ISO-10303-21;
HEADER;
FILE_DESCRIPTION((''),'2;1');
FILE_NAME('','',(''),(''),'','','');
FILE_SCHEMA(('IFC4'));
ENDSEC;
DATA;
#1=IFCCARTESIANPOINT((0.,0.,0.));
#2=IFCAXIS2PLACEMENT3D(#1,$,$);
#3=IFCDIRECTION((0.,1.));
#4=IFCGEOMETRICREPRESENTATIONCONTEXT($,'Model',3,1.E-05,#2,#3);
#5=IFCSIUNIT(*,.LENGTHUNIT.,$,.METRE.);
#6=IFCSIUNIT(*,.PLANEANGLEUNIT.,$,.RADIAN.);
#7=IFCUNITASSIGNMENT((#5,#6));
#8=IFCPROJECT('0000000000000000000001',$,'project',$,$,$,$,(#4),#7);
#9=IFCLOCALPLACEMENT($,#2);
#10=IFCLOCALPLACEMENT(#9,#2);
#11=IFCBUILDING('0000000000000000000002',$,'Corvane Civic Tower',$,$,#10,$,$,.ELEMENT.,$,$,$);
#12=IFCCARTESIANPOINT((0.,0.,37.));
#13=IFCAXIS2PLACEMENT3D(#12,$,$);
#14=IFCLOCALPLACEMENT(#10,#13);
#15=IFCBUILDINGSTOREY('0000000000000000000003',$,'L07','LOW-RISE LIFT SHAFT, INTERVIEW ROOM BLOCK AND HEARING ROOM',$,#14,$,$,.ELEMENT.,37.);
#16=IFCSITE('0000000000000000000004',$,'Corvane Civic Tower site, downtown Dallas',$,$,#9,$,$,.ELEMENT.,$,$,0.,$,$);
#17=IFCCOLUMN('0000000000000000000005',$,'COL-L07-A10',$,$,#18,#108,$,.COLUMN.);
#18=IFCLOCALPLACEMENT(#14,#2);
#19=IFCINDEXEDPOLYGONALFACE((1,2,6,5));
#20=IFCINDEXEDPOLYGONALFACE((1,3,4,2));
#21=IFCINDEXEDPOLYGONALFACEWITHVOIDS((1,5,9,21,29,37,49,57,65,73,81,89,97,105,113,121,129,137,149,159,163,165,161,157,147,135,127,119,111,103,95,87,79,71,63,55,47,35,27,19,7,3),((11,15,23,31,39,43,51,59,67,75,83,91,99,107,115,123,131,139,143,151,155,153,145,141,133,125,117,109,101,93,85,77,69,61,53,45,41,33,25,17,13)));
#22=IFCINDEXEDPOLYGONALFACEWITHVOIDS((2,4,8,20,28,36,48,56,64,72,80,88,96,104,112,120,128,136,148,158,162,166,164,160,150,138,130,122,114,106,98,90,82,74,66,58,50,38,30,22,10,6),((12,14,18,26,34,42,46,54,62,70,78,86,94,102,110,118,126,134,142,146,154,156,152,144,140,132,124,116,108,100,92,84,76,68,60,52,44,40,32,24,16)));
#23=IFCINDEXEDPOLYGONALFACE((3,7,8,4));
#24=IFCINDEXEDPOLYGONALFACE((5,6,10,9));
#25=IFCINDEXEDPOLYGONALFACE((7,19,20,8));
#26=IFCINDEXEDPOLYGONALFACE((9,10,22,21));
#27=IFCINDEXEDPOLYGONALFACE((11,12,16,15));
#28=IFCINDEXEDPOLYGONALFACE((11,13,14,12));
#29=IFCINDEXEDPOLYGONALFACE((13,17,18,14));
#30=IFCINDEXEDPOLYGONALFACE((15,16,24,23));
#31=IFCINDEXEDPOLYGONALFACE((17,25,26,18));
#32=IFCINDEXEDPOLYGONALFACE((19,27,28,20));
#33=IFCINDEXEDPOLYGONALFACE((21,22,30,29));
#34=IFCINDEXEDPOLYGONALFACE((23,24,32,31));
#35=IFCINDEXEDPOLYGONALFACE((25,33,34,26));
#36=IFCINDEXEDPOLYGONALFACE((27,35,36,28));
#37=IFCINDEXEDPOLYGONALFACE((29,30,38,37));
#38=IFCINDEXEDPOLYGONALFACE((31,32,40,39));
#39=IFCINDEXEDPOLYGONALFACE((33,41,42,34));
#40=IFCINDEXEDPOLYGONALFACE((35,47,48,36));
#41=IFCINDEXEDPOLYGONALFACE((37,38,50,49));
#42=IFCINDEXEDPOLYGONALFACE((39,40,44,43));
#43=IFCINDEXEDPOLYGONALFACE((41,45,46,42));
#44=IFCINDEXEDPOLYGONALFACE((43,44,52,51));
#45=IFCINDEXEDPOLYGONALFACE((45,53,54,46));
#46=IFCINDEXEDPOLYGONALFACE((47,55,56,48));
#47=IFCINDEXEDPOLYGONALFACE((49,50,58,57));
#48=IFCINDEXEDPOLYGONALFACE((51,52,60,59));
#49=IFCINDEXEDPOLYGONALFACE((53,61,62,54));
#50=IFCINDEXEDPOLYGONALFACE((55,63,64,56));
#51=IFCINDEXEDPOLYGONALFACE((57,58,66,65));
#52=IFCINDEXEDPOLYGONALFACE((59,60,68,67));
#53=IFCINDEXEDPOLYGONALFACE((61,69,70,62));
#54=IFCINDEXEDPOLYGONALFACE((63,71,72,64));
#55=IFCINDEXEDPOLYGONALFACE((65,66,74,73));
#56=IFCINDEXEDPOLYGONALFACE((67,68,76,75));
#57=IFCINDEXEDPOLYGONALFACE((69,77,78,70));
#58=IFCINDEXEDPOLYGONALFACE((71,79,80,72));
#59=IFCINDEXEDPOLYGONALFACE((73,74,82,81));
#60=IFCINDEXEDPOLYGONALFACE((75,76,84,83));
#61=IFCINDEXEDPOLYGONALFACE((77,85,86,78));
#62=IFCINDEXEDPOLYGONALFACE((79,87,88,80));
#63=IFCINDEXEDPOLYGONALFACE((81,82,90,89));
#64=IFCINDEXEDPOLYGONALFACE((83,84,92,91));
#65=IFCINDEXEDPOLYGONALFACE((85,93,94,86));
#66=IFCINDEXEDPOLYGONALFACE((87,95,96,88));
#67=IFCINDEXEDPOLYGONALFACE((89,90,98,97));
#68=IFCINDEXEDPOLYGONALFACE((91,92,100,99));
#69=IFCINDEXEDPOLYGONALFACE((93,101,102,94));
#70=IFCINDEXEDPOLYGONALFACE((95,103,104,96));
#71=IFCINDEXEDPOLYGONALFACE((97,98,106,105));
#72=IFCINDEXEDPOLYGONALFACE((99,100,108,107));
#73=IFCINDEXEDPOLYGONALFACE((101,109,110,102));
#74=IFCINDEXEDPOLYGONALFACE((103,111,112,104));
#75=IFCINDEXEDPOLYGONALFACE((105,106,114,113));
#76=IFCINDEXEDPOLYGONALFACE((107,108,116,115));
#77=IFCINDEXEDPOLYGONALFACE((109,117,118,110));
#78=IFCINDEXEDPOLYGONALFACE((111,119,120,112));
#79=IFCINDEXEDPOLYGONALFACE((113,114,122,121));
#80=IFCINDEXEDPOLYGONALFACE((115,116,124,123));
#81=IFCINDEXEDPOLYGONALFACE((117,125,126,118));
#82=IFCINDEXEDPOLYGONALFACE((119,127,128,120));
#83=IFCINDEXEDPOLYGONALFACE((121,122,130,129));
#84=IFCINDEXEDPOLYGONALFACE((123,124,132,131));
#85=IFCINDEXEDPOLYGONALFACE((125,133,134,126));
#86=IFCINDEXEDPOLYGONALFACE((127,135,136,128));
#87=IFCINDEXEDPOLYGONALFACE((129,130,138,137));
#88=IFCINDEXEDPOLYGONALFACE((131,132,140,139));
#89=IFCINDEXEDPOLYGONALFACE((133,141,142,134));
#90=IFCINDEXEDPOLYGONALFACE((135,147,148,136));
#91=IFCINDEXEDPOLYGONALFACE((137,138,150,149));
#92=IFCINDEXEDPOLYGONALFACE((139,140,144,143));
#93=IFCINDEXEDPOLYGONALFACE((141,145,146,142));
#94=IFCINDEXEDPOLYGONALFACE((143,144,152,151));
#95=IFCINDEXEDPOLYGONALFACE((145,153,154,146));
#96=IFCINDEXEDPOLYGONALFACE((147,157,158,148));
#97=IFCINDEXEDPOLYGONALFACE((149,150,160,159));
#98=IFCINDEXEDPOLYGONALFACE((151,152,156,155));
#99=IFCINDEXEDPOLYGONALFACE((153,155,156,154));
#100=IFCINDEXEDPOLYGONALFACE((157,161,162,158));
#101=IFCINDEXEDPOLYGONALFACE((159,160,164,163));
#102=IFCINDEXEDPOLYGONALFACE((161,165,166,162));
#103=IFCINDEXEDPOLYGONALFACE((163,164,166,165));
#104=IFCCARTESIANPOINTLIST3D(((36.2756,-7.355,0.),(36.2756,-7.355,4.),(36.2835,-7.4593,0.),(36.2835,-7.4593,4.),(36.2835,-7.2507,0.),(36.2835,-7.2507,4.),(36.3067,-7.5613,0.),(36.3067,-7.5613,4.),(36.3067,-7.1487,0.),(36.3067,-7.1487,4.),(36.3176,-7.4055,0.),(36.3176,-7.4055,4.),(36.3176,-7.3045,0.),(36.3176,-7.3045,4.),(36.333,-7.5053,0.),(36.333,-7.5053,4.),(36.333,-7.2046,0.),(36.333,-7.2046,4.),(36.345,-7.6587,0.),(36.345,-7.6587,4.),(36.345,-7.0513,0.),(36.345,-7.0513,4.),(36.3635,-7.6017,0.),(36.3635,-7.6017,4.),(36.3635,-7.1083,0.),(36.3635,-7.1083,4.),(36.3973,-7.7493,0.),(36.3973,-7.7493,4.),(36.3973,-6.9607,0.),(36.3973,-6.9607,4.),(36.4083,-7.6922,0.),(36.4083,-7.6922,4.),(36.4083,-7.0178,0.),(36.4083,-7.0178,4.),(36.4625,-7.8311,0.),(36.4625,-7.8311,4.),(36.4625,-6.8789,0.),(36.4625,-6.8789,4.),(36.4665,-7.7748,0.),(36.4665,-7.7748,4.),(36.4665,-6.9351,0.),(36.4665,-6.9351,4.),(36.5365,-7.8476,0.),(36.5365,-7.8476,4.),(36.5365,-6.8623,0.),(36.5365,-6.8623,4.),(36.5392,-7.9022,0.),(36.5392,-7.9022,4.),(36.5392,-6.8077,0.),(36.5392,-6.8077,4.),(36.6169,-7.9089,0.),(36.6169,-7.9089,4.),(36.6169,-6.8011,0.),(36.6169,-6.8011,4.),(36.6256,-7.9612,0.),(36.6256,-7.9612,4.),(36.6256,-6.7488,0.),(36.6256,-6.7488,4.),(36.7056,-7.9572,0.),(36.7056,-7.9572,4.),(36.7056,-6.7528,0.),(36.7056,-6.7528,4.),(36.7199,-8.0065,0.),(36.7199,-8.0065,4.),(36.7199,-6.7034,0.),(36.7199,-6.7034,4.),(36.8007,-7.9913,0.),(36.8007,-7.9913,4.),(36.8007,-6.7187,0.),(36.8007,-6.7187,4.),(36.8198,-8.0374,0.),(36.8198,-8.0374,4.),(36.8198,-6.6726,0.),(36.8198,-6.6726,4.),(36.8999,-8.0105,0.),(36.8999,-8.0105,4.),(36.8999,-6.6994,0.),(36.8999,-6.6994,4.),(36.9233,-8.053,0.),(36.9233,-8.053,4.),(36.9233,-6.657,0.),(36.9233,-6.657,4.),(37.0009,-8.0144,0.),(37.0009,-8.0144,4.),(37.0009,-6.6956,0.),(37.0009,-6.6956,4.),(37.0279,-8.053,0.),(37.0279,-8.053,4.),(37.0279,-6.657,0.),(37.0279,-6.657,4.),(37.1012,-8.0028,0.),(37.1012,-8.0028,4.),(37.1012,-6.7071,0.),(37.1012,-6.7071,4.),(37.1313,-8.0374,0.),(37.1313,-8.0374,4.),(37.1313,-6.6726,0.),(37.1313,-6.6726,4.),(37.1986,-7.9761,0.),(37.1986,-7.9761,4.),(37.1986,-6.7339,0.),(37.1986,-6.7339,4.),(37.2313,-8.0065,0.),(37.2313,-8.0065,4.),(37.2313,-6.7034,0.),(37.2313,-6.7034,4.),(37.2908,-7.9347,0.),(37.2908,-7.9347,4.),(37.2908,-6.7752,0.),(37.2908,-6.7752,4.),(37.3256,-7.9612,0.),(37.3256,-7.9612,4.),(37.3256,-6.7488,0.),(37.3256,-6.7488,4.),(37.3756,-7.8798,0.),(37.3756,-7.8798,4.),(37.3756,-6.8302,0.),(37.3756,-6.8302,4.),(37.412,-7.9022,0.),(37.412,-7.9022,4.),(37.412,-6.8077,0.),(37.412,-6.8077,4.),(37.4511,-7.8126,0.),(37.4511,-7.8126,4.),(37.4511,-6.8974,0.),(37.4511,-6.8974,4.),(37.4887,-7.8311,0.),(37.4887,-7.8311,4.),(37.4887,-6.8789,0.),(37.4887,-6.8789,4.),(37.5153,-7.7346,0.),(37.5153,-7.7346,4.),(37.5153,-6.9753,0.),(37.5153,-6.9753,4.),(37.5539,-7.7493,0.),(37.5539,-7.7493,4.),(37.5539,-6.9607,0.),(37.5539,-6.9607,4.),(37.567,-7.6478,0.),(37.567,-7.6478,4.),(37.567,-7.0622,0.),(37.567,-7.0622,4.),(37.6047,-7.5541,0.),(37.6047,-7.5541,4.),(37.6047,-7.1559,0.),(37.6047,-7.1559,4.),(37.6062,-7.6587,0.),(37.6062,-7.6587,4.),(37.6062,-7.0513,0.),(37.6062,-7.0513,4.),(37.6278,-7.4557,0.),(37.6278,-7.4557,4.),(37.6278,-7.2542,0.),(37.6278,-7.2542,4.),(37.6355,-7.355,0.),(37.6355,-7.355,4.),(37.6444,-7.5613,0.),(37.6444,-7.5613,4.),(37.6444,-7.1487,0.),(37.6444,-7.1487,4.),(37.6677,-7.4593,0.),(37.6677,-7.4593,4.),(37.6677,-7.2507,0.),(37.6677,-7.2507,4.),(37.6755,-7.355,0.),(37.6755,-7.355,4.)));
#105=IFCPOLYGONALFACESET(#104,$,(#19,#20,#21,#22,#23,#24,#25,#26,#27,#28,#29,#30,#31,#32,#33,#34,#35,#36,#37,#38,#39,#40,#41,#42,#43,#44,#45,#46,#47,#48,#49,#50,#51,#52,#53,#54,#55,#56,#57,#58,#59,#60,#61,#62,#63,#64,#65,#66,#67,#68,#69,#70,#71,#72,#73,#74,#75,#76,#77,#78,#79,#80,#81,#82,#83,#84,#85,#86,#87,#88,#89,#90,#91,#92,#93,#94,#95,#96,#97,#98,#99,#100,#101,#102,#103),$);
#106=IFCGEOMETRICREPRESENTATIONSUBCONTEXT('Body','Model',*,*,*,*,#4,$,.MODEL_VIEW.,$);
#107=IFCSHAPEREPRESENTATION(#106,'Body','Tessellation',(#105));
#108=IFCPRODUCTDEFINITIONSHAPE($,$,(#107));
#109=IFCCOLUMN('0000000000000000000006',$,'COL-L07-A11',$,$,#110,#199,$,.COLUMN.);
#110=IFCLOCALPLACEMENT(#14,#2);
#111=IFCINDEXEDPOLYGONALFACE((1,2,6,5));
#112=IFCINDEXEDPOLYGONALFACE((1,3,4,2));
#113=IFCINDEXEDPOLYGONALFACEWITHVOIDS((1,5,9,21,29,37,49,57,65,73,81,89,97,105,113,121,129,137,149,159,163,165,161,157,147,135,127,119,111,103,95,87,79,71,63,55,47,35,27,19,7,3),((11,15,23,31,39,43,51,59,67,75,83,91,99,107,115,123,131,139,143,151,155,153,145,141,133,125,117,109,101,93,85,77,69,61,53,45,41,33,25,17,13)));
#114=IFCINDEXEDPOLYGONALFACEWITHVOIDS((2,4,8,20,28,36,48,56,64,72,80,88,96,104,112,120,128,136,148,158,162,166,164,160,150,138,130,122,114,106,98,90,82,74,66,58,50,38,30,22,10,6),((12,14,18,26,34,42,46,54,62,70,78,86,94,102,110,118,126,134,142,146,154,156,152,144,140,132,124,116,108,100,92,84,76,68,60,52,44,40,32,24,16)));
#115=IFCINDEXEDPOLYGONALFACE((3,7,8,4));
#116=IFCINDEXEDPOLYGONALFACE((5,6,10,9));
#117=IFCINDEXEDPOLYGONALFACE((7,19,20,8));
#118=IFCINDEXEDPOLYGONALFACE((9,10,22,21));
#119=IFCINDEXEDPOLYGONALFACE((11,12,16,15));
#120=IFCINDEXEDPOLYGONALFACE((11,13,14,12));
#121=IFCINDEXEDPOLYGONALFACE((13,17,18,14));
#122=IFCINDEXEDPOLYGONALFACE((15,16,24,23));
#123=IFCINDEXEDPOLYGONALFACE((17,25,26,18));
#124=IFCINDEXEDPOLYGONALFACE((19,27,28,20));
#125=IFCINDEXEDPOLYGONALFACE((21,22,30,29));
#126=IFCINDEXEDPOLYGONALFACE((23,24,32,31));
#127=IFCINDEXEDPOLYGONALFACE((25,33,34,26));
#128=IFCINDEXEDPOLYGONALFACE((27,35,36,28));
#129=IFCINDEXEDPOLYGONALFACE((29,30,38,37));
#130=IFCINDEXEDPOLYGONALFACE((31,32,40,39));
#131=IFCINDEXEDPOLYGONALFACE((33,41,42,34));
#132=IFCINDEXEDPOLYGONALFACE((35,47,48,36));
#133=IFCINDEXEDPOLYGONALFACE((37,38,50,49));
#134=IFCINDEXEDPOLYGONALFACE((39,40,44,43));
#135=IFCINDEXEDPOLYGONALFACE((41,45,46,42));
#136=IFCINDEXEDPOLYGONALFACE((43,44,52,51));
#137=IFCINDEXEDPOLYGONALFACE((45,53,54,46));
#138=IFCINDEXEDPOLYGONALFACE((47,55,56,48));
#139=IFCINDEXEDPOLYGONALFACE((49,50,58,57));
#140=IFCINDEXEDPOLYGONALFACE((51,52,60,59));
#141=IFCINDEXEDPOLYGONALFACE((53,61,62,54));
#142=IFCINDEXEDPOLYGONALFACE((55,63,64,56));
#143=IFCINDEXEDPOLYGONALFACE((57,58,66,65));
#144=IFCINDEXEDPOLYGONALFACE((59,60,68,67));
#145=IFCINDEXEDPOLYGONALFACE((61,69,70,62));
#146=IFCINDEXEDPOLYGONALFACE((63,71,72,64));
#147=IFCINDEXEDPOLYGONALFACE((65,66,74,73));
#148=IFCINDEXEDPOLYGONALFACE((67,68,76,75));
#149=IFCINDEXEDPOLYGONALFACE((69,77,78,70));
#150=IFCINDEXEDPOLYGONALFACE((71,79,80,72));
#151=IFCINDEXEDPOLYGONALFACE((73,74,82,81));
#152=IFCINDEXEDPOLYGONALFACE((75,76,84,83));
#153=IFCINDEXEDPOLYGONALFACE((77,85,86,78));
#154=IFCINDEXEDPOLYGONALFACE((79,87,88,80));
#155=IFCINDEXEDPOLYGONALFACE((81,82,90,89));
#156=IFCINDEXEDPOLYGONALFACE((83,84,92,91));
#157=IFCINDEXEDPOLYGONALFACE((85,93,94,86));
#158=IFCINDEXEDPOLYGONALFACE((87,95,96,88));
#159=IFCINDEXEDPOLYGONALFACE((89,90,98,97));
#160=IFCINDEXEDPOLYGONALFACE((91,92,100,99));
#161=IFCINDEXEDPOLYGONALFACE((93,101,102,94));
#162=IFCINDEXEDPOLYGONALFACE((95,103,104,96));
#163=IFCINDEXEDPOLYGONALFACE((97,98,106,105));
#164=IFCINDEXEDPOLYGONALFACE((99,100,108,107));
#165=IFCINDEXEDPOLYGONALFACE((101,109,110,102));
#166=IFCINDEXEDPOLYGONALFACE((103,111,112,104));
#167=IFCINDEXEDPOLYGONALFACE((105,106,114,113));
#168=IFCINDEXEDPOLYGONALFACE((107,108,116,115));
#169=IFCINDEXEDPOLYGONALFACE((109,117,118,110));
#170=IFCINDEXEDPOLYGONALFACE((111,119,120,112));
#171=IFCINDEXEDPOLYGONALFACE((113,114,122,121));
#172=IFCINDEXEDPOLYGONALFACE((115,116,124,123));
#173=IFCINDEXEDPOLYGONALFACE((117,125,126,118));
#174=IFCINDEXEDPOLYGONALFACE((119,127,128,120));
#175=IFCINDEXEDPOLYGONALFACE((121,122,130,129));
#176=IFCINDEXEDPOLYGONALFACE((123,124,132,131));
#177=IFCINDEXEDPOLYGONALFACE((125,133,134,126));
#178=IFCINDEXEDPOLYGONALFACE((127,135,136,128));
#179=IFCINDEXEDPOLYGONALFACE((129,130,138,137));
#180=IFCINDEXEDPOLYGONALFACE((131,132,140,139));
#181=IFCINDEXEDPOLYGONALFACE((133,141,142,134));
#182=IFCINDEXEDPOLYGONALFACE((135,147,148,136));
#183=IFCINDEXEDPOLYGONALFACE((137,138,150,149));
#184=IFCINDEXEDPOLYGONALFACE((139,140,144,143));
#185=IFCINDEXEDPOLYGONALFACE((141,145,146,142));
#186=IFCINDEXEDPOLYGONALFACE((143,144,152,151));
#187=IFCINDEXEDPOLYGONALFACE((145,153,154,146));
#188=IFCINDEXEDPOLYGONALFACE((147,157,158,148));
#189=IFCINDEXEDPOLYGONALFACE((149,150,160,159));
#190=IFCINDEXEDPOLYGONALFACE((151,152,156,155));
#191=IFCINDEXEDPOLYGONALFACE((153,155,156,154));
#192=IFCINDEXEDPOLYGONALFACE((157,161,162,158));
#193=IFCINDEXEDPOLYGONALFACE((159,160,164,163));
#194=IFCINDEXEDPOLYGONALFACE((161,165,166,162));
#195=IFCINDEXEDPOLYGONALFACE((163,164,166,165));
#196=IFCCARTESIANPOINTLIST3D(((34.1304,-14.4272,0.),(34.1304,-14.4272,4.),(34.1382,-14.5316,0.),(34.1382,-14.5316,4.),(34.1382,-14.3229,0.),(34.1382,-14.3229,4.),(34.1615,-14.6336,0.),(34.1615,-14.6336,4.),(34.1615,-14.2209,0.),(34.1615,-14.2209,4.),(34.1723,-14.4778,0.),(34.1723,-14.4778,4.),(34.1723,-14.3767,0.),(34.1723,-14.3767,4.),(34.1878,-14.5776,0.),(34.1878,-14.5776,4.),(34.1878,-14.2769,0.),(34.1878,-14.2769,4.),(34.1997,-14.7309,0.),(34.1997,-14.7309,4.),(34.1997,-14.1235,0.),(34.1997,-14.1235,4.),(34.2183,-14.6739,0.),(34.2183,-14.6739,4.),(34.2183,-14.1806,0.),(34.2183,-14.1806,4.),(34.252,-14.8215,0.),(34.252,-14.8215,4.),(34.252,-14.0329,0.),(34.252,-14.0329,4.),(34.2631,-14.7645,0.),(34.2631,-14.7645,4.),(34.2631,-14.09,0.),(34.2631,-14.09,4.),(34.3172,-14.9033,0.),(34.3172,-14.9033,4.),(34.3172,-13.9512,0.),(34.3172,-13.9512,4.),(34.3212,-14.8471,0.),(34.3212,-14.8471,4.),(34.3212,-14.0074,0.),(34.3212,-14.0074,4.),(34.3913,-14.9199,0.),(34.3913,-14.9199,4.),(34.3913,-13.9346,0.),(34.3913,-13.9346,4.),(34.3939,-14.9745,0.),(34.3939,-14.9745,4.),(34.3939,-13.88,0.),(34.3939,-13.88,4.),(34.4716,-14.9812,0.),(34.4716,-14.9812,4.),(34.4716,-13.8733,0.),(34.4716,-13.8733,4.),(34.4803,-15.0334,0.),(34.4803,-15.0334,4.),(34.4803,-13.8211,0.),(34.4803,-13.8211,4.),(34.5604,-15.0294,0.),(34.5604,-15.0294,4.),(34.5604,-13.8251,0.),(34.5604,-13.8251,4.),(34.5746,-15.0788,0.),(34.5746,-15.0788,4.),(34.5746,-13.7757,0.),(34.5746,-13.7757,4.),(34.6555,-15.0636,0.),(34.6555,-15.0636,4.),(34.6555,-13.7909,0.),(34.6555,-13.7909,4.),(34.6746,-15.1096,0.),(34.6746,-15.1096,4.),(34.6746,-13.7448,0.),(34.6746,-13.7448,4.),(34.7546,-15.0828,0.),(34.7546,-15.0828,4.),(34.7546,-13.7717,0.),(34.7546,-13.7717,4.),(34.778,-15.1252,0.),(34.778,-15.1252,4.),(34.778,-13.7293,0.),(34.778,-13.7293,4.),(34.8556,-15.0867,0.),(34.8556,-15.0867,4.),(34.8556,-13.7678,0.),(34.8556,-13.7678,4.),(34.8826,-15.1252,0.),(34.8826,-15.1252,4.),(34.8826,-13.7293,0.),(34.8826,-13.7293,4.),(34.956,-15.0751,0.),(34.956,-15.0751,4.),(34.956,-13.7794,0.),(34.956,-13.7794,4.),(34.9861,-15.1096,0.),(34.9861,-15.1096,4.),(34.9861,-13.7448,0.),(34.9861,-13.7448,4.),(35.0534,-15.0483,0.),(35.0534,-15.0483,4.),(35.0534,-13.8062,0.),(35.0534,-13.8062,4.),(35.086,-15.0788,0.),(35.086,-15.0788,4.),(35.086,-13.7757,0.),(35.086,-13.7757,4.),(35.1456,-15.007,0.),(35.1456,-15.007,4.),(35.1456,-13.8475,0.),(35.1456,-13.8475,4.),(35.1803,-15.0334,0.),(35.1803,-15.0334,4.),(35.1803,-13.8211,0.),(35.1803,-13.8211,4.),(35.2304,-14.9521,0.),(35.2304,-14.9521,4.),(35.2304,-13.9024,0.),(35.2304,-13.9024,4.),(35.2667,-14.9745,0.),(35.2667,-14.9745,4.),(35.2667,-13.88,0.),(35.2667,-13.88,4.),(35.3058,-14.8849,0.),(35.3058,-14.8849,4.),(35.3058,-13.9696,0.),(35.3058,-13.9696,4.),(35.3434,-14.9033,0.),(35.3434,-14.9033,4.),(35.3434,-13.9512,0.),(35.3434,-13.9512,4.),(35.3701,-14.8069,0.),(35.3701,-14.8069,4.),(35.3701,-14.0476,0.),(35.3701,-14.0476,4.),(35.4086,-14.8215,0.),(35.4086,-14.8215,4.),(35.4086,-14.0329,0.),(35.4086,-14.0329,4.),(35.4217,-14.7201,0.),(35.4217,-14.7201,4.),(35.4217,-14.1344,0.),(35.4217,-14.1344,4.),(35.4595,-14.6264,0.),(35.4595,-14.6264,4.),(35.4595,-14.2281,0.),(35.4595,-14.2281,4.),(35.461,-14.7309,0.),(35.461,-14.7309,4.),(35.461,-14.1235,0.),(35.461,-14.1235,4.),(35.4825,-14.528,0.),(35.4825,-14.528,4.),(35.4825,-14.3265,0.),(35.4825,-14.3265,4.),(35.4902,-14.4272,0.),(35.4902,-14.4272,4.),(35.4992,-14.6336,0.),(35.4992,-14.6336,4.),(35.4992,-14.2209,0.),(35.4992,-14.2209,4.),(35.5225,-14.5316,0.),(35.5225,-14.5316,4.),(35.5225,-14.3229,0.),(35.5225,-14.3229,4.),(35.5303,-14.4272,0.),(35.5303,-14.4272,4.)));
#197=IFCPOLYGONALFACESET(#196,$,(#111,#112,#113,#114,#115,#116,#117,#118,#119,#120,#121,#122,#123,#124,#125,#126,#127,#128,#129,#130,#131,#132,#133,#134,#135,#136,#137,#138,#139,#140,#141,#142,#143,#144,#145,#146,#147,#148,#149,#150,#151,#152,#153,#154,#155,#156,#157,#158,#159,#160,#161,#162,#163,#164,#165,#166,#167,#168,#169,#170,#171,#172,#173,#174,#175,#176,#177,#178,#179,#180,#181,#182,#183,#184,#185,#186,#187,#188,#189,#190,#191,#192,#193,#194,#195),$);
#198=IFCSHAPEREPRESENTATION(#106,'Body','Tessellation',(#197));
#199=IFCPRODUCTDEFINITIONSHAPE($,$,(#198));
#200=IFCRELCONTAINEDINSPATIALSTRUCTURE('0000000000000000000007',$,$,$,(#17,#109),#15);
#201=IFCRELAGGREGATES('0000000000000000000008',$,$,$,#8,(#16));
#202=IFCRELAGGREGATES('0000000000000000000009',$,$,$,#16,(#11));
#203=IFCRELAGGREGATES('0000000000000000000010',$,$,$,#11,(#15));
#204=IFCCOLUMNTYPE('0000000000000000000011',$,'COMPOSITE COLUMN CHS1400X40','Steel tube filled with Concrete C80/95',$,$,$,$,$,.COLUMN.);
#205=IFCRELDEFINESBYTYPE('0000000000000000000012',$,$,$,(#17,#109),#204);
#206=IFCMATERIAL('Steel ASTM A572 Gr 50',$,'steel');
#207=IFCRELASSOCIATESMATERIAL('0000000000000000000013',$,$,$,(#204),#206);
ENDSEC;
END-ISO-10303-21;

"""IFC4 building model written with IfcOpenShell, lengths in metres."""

from ifc_helpers import new_model, si_unit, direction, frame, origin, origin_2d, place, context, subcontext, project, spatial, hollow_circle, extrude, material, material_profile, profile_set, type_object, element, save


model = new_model("IFC4")

# Units and contexts
model_context = context("Model", 3, precision=1e-05, world=origin(), true_north=direction((0.0, 1.0)))
body_context = subcontext(model_context, "Body", "Model", "MODEL_VIEW")
ifc_project = project(units=[si_unit("LENGTHUNIT", "METRE"), si_unit("PLANEANGLEUNIT", "RADIAN")], contexts=[model_context])

# Site, building, storey
site_placement = place(None, origin())
site = spatial("IfcSite", under=ifc_project, at=site_placement, Name="Corvane Civic Tower site, downtown Dallas", CompositionType="ELEMENT", RefElevation=0.0)
building_placement = place(site_placement, origin())
building = spatial("IfcBuilding", under=site, at=building_placement, Name="Corvane Civic Tower", CompositionType="ELEMENT")
storey_placement = place(building_placement, frame((0.0, 0.0, 37.0)))
storey = spatial("IfcBuildingStorey", under=building, at=storey_placement, Name="L07", Description="LOW-RISE LIFT SHAFT, INTERVIEW ROOM BLOCK AND HEARING ROOM", CompositionType="ELEMENT", Elevation=37.0)

# Columns
ifc_material_1 = material(Name="Steel ASTM A572 Gr 50", Category="steel")
ifc_material_profile_1 = material_profile(ifc_material_1, hollow_circle(Radius=0.7, WallThickness=0.04, at=origin_2d()), Name="CHS1400X40")
ifc_profile_set_1 = profile_set([ifc_material_profile_1], Name="Steel ASTM A572 Gr 50")
column_type = type_object("IfcColumnType", Name="COMPOSITE COLUMN CHS1400X40", Description="Steel tube filled with Concrete C80/95", PredefinedType="COLUMN", material=ifc_profile_set_1)
for number, where, z_axis, x_axis, name in (
    (1, (36.9756, -7.355, 0.0), (0.0, 0.0, 1.0), (1.0, 0.0, 0.0), "COL-L07-A10"),
    (2, (34.8303, -14.4272, 0.0), (0.0, 0.0, 1.0), (1.0, 0.0, 0.0), "COL-L07-A11"),
):
    element("IfcColumn", number, at=place(storey_placement, frame(where, z_axis=z_axis, x_axis=x_axis)), inside=storey, type_object=column_type, Name=name, PredefinedType="COLUMN", context=body_context, shape_type="SweptSolid", body=[
        extrude(hollow_circle(Radius=0.7, WallThickness=0.04, at=origin_2d()), origin(), (0.0, 0.0, 1.0), 4.0),
    ])

save(model, "model.ifc")
